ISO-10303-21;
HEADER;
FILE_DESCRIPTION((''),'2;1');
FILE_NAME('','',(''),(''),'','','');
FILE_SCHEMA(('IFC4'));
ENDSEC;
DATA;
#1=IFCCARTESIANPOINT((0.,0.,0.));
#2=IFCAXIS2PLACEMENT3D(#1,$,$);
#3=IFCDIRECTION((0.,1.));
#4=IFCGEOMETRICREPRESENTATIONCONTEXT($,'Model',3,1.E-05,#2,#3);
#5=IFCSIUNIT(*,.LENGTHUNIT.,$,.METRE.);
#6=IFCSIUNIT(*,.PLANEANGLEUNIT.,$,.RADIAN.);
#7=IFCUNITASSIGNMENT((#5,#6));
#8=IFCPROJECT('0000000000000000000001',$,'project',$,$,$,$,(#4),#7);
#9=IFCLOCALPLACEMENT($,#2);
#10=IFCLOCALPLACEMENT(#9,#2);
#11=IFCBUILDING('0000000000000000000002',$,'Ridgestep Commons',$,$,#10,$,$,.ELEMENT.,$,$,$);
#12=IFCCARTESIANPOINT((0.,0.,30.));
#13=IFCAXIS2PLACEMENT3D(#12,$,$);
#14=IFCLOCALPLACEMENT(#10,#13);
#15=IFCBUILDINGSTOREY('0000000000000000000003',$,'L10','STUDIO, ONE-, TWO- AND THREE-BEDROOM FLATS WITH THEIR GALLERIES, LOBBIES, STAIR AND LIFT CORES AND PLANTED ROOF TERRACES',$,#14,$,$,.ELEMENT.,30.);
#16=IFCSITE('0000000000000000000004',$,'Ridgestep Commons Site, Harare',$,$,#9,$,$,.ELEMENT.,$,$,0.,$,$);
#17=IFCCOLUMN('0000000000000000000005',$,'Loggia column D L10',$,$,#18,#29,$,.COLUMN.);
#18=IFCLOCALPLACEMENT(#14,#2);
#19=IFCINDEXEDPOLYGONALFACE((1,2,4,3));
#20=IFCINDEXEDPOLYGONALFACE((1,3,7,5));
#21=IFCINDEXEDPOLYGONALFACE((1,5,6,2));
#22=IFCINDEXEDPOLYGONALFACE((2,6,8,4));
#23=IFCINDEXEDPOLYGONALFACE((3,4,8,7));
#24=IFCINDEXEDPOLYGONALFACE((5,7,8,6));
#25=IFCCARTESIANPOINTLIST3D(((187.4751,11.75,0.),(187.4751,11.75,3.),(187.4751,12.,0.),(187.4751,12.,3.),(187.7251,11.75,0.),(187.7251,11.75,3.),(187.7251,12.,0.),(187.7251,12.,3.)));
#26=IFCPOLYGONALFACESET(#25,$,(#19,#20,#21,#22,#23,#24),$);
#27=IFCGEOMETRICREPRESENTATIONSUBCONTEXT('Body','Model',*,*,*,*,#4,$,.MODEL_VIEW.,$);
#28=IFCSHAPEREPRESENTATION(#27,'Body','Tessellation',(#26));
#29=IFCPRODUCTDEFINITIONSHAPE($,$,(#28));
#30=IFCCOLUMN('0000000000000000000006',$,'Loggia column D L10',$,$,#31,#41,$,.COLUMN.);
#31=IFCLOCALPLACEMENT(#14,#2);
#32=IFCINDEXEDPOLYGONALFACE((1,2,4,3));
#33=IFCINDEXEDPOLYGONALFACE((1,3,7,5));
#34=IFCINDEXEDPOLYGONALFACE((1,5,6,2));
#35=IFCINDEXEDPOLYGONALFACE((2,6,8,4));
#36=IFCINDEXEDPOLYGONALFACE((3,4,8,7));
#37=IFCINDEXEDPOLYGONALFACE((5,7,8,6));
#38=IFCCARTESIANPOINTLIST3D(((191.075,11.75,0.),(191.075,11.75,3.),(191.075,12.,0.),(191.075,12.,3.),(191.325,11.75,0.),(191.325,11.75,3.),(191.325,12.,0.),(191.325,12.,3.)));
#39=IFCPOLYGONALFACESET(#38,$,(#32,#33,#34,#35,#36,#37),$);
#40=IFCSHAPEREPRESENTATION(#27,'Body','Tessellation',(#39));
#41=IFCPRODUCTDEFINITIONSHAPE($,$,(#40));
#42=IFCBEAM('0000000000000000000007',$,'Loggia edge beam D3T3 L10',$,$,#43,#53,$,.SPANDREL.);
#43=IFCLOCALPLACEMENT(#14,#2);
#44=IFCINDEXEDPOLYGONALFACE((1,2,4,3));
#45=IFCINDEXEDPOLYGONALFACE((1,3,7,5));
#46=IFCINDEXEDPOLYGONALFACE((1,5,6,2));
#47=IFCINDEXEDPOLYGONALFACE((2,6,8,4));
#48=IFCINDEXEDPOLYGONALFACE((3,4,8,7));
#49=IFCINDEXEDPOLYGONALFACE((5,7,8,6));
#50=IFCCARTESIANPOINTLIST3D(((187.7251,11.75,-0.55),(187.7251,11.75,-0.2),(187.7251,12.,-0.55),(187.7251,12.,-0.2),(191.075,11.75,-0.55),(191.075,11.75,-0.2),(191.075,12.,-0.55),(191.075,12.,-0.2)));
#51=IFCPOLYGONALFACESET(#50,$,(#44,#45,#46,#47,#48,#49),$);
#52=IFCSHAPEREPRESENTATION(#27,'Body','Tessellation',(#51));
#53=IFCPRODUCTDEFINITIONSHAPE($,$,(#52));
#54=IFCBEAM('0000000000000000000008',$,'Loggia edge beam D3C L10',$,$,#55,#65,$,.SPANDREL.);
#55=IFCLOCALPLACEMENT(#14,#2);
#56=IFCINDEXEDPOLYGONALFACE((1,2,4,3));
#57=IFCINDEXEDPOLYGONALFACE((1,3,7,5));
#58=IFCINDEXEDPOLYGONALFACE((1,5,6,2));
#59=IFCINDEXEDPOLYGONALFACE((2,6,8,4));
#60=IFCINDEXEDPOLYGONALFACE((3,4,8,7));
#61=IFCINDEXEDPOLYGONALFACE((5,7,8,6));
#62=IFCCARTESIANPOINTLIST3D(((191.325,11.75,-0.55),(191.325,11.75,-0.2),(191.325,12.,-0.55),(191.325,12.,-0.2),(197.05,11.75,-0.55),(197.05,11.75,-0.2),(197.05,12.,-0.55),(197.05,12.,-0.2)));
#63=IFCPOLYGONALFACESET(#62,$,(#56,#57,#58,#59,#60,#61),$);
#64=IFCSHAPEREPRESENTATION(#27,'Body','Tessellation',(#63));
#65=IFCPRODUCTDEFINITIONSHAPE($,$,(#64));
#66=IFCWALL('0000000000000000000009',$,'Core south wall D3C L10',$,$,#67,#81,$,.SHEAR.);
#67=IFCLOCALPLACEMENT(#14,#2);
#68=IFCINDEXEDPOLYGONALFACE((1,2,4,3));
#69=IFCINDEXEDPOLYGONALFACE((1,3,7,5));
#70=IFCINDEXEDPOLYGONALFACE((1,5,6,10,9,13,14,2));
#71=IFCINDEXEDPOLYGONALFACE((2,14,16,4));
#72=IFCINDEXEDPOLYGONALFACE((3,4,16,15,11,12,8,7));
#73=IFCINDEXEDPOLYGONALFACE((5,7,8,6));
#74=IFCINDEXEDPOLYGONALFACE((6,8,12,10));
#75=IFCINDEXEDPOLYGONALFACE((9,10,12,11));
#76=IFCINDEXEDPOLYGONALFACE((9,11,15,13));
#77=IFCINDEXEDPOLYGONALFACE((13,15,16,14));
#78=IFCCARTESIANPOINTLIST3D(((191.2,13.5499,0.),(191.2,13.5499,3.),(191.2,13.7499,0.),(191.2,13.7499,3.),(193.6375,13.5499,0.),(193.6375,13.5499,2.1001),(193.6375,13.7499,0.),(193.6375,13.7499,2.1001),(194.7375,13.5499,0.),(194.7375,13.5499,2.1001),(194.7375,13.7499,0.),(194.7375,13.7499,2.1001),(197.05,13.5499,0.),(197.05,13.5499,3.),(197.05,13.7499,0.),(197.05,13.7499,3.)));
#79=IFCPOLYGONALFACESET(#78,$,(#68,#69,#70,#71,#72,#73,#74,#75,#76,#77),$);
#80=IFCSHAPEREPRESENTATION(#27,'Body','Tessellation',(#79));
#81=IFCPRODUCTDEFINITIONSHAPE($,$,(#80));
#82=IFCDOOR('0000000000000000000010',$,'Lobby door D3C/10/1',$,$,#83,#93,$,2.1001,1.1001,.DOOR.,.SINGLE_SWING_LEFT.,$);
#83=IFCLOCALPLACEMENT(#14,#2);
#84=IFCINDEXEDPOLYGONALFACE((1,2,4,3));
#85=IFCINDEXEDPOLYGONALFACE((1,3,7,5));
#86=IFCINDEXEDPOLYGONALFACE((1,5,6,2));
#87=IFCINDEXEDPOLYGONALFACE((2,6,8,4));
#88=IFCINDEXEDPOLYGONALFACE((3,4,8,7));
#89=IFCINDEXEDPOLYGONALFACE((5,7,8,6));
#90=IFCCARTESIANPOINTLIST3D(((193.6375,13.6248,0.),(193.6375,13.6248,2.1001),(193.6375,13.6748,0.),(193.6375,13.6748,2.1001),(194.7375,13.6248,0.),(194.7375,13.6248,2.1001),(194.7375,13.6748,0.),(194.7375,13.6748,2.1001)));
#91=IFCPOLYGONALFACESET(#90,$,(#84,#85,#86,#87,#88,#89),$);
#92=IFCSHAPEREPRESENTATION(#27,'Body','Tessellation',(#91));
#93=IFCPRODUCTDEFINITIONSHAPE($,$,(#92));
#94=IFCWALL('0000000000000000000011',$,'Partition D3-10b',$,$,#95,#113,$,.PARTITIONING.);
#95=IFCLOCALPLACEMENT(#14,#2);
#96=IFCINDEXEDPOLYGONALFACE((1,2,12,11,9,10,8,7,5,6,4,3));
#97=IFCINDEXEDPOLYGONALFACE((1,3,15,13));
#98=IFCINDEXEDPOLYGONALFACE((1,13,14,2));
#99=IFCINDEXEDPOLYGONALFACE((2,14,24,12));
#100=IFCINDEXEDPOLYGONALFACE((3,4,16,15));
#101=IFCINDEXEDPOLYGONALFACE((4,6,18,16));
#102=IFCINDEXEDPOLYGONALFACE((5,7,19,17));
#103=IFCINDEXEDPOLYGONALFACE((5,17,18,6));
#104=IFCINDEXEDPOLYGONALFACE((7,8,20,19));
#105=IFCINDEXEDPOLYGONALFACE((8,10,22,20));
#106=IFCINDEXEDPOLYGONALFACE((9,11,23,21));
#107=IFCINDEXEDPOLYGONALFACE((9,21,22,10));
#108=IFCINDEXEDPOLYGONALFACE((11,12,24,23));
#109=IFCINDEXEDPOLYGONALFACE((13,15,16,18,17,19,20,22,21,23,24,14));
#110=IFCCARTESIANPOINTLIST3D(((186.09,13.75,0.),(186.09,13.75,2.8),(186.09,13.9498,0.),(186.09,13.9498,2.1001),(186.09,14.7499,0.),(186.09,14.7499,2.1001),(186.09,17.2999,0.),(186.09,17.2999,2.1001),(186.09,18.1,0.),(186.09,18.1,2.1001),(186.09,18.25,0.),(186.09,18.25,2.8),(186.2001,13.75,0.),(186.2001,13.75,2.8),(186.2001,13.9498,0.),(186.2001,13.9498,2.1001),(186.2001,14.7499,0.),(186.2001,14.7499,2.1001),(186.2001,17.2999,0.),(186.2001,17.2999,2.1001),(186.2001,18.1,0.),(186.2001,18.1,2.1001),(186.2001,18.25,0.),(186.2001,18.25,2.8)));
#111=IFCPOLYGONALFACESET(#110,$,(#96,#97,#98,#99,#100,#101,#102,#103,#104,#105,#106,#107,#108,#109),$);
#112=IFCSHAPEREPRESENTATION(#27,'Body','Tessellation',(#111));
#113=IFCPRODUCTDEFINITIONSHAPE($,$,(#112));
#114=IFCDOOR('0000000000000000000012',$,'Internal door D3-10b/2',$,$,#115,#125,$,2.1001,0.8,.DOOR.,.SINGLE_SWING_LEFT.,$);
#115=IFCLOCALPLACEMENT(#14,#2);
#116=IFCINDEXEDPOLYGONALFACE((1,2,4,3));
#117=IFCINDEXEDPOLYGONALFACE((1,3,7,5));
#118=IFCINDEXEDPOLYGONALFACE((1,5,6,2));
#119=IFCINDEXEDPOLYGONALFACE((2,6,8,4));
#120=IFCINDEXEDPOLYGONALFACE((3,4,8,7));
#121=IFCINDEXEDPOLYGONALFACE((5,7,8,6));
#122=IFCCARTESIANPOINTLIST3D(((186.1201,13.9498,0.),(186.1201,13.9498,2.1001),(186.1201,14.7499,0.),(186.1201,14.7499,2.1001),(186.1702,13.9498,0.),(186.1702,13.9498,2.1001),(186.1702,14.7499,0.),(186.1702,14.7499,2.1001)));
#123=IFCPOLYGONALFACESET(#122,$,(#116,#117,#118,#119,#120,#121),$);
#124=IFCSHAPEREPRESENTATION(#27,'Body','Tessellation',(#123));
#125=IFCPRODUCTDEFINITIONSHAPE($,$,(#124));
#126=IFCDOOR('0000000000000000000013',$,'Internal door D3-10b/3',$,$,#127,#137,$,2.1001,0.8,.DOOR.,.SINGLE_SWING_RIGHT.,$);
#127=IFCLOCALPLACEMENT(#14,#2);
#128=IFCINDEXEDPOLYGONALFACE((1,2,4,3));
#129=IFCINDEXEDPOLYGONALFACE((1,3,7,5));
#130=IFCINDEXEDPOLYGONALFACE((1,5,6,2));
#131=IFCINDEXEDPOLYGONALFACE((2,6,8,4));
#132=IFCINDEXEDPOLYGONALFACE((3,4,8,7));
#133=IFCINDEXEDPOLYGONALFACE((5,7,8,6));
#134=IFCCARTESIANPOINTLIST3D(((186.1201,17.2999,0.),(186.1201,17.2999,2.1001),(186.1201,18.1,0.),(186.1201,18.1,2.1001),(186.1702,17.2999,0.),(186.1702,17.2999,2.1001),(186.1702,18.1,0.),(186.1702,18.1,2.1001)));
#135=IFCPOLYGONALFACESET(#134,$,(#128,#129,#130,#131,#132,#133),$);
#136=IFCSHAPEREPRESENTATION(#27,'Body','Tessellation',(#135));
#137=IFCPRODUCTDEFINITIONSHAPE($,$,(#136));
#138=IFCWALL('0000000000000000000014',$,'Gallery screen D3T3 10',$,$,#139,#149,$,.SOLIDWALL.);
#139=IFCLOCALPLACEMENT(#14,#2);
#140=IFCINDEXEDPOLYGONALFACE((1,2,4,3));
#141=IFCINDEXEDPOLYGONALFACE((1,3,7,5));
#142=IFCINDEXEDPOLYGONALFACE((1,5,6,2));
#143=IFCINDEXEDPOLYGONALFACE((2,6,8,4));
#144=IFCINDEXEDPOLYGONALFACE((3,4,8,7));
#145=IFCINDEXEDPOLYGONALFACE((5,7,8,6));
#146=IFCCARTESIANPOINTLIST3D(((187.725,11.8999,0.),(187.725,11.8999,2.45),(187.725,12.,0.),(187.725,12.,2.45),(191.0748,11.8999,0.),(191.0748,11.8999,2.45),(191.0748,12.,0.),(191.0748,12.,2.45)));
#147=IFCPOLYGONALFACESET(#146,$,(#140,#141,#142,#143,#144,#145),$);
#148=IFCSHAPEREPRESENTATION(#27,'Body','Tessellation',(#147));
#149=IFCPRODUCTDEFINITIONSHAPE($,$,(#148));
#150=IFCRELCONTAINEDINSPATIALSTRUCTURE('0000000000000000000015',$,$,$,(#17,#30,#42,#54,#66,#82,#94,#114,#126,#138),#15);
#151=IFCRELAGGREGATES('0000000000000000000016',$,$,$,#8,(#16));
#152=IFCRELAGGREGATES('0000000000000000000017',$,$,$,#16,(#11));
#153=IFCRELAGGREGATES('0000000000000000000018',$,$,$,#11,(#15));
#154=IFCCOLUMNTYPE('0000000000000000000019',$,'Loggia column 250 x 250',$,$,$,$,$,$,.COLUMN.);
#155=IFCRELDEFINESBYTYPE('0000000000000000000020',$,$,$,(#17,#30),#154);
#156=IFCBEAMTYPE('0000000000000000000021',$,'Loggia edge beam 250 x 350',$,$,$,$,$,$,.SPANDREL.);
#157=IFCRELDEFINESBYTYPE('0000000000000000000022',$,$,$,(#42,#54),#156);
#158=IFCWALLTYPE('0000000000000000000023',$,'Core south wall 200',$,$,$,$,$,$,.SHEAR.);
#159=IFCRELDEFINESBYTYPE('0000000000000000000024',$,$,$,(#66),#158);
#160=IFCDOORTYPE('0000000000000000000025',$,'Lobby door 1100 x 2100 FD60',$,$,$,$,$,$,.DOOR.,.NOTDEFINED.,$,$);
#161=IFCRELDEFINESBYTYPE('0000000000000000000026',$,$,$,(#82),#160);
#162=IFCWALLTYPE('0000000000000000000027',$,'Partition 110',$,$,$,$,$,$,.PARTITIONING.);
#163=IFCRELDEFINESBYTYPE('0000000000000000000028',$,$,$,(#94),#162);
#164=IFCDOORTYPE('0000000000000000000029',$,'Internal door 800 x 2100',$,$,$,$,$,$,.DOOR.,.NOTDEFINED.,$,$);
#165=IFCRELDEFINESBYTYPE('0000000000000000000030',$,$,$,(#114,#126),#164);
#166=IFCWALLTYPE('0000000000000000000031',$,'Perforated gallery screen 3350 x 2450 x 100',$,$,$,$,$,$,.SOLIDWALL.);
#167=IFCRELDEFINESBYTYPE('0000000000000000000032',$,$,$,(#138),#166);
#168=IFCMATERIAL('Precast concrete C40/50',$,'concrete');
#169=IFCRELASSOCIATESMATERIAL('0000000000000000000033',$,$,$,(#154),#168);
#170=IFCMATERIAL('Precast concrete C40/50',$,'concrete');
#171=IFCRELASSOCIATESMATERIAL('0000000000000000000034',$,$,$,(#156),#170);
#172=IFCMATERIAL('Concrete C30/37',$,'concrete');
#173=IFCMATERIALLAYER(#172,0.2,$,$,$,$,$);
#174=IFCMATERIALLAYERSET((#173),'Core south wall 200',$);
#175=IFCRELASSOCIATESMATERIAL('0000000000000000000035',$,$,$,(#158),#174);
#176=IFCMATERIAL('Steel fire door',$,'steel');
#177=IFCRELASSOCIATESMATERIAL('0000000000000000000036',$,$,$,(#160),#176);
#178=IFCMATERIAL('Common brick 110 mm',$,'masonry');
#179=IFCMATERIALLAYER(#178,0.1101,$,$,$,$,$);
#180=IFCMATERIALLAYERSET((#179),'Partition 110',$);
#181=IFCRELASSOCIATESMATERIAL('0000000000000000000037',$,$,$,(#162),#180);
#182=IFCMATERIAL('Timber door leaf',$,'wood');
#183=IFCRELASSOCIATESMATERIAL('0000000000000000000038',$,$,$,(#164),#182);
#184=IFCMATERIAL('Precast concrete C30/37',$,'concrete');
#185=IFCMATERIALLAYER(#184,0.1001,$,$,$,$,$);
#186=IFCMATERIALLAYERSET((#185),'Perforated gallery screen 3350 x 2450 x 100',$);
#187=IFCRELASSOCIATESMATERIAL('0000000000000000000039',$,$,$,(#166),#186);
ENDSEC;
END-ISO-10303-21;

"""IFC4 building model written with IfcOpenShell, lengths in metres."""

from ifc_helpers import new_model, si_unit, direction, frame, frame_2d, origin, origin_2d, place, context, subcontext, project, spatial, rectangle, extrude, material, layer, layer_set, material_profile, profile_set, type_object, element, fill, save


model = new_model("IFC4")

# Units and contexts
model_context = context("Model", 3, precision=1e-05, world=origin(), true_north=direction((0.0, 1.0)))
body_context = subcontext(model_context, "Body", "Model", "MODEL_VIEW")
ifc_project = project(units=[si_unit("LENGTHUNIT", "METRE"), si_unit("PLANEANGLEUNIT", "RADIAN")], contexts=[model_context])

# Site, building, storey
site_placement = place(None, origin())
site = spatial("IfcSite", under=ifc_project, at=site_placement, Name="Ridgestep Commons Site, Harare", CompositionType="ELEMENT", RefElevation=0.0)
building_placement = place(site_placement, origin())
building = spatial("IfcBuilding", under=site, at=building_placement, Name="Ridgestep Commons", CompositionType="ELEMENT")
storey_placement = place(building_placement, frame((0.0, 0.0, 30.0)))
storey = spatial("IfcBuildingStorey", under=building, at=storey_placement, Name="L10", Description="STUDIO, ONE-, TWO- AND THREE-BEDROOM FLATS WITH THEIR GALLERIES, LOBBIES, STAIR AND LIFT CORES AND PLANTED ROOF TERRACES", CompositionType="ELEMENT", Elevation=30.0)

# Columns
ifc_material_1 = material(Name="Precast concrete C40/50", Category="concrete")
ifc_material_profile_1 = material_profile(ifc_material_1, rectangle(XDim=0.25, YDim=0.25, at=origin_2d()), Name="PC 250x250")
ifc_profile_set_1 = profile_set([ifc_material_profile_1], Name="Precast concrete C40/50")
column_type = type_object("IfcColumnType", Name="Loggia column 250 x 250", PredefinedType="COLUMN", material=ifc_profile_set_1)
for number, where, z_axis, x_axis, name in (
    (1, (187.6001, 11.875, 0.0), (0.0, 0.0, 1.0), (1.0, 0.0, 0.0), "Loggia column D L10"),
    (2, (191.2, 11.875, 0.0), (0.0, 0.0, 1.0), (1.0, 0.0, 0.0), "Loggia column D L10"),
):
    element("IfcColumn", number, at=place(storey_placement, frame(where, z_axis=z_axis, x_axis=x_axis)), inside=storey, type_object=column_type, Name=name, PredefinedType="COLUMN", context=body_context, shape_type="SweptSolid", body=[
        extrude(rectangle(XDim=0.25, YDim=0.25, at=origin_2d()), origin(), (0.0, 0.0, 1.0), 3.0),
    ])

# Beams
ifc_material_2 = material(Name="Precast concrete C40/50", Category="concrete")
ifc_material_profile_2 = material_profile(ifc_material_2, rectangle(XDim=0.25, YDim=0.3501, at=origin_2d()), Name="PC 250x350")
ifc_profile_set_2 = profile_set([ifc_material_profile_2], Name="Precast concrete C40/50")
beam_type = type_object("IfcBeamType", Name="Loggia edge beam 250 x 350", PredefinedType="SPANDREL", material=ifc_profile_set_2)
beam_1_placement = place(storey_placement, frame((187.7251, 11.875, -0.375), z_axis=(1.0, 0.0, 0.0), x_axis=(0.0, 1.0, 0.0)))
element("IfcBeam", 3, at=beam_1_placement, inside=storey, type_object=beam_type, Name="Loggia edge beam D3T3 L10", PredefinedType="SPANDREL", context=body_context, shape_type="SweptSolid", body=[
    extrude(rectangle(XDim=0.25, YDim=0.3501, at=origin_2d()), origin(), (0.0, 0.0, 1.0), 3.3499),
])
beam_2_placement = place(storey_placement, frame((191.325, 11.875, -0.375), z_axis=(1.0, 0.0, 0.0), x_axis=(0.0, 1.0, 0.0)))
element("IfcBeam", 4, at=beam_2_placement, inside=storey, type_object=beam_type, Name="Loggia edge beam D3C L10", PredefinedType="SPANDREL", context=body_context, shape_type="SweptSolid", body=[
    extrude(rectangle(XDim=0.25, YDim=0.3501, at=origin_2d()), origin(), (0.0, 0.0, 1.0), 5.7251),
])

# Wall, opening, door
ifc_material_3 = material(Name="Concrete C30/37", Category="concrete")
ifc_layer_1 = layer(ifc_material_3, 0.2)
ifc_layer_set_1 = layer_set([ifc_layer_1], Name="Core south wall 200")
wall_type_1 = type_object("IfcWallType", Name="Core south wall 200", PredefinedType="SHEAR", material=ifc_layer_set_1)
wall_1_placement = place(storey_placement, frame((191.2, 13.6499, 0.0), z_axis=(0.0, 0.0, 1.0), x_axis=(1.0, 0.0, 0.0)))
wall_1 = element("IfcWall", 5, at=wall_1_placement, inside=storey, type_object=wall_type_1, Name="Core south wall D3C L10", PredefinedType="SHEAR", context=body_context, shape_type="SweptSolid", body=[
    extrude(rectangle(XDim=5.8501, YDim=0.2, at=frame_2d((2.925, 0.0))), origin(), (0.0, 0.0, 1.0), 3.0),
])
opening_1_placement = place(wall_1_placement, frame((2.4375, 0.0, 0.0)))
opening_1 = element("IfcOpeningElement", 6, at=opening_1_placement, cuts=wall_1, PredefinedType="OPENING", context=body_context, shape_type="SweptSolid", body=[
    extrude(rectangle(XDim=1.1001, YDim=2.1001, at=frame_2d((0.55, 1.05))), frame((0.0, 0.1099, 0.0), z_axis=(0.0, -1.0, 0.0), x_axis=(1.0, 0.0, 0.0)), (0.0, 0.0, 1.0), 0.22),
])
ifc_material_4 = material(Name="Steel fire door", Category="steel")
door_type_1 = type_object("IfcDoorType", Name="Lobby door 1100 x 2100 FD60", OperationType="NOTDEFINED", PredefinedType="DOOR", material=ifc_material_4)
door_1_placement = place(opening_1_placement, origin())
door_1 = element("IfcDoor", 7, at=door_1_placement, inside=storey, type_object=door_type_1, Name="Lobby door D3C/10/1", OperationType="SINGLE_SWING_LEFT", OverallHeight=2.1001, OverallWidth=1.1001, PredefinedType="DOOR", context=body_context, shape_type="SweptSolid", body=[
    extrude(rectangle(XDim=1.1001, YDim=2.1001, at=frame_2d((0.55, 1.05))), frame((0.0, 0.0249, 0.0), z_axis=(0.0, -1.0, 0.0), x_axis=(1.0, 0.0, 0.0)), (0.0, 0.0, 1.0), 0.05),
])
fill(opening_1, door_1)

# Wall, openings, doors
ifc_material_5 = material(Name="Common brick 110 mm", Category="masonry")
ifc_layer_2 = layer(ifc_material_5, 0.1101)
ifc_layer_set_2 = layer_set([ifc_layer_2], Name="Partition 110")
wall_type_2 = type_object("IfcWallType", Name="Partition 110", PredefinedType="PARTITIONING", material=ifc_layer_set_2)
wall_2_placement = place(storey_placement, frame((186.145, 13.75, 0.0), z_axis=(0.0, 0.0, 1.0), x_axis=(0.0, 1.0, 0.0)))
wall_2 = element("IfcWall", 8, at=wall_2_placement, inside=storey, type_object=wall_type_2, Name="Partition D3-10b", PredefinedType="PARTITIONING", context=body_context, shape_type="SweptSolid", body=[
    extrude(rectangle(XDim=4.5, YDim=0.1101, at=frame_2d((2.25, 0.0))), origin(), (0.0, 0.0, 1.0), 2.8),
])
opening_2_placement = place(wall_2_placement, frame((0.2, 0.0, 0.0)))
opening_2 = element("IfcOpeningElement", 9, at=opening_2_placement, cuts=wall_2, PredefinedType="OPENING", context=body_context, shape_type="SweptSolid", body=[
    extrude(rectangle(XDim=0.8, YDim=2.1001, at=frame_2d((0.3999, 1.05))), frame((0.0, 0.0649, 0.0), z_axis=(0.0, -1.0, 0.0), x_axis=(1.0, 0.0, 0.0)), (0.0, 0.0, 1.0), 0.1301),
])
opening_3_placement = place(wall_2_placement, frame((3.55, 0.0, 0.0)))
opening_3 = element("IfcOpeningElement", 10, at=opening_3_placement, cuts=wall_2, PredefinedType="OPENING", context=body_context, shape_type="SweptSolid", body=[
    extrude(rectangle(XDim=0.8, YDim=2.1001, at=frame_2d((0.3999, 1.05))), frame((0.0, 0.0649, 0.0), z_axis=(0.0, -1.0, 0.0), x_axis=(1.0, 0.0, 0.0)), (0.0, 0.0, 1.0), 0.1301),
])
ifc_material_6 = material(Name="Timber door leaf", Category="wood")
door_type_2 = type_object("IfcDoorType", Name="Internal door 800 x 2100", OperationType="NOTDEFINED", PredefinedType="DOOR", material=ifc_material_6)
door_2_placement = place(opening_2_placement, origin())
door_2 = element("IfcDoor", 11, at=door_2_placement, inside=storey, type_object=door_type_2, Name="Internal door D3-10b/2", OperationType="SINGLE_SWING_LEFT", OverallHeight=2.1001, OverallWidth=0.8, PredefinedType="DOOR", context=body_context, shape_type="SweptSolid", body=[
    extrude(rectangle(XDim=0.8, YDim=2.1001, at=frame_2d((0.3999, 1.05))), frame((0.0, 0.0249, 0.0), z_axis=(0.0, -1.0, 0.0), x_axis=(1.0, 0.0, 0.0)), (0.0, 0.0, 1.0), 0.05),
])
fill(opening_2, door_2)
door_3_placement = place(opening_3_placement, origin())
door_3 = element("IfcDoor", 12, at=door_3_placement, inside=storey, type_object=door_type_2, Name="Internal door D3-10b/3", OperationType="SINGLE_SWING_RIGHT", OverallHeight=2.1001, OverallWidth=0.8, PredefinedType="DOOR", context=body_context, shape_type="SweptSolid", body=[
    extrude(rectangle(XDim=0.8, YDim=2.1001, at=frame_2d((0.3999, 1.05))), frame((0.0, 0.0249, 0.0), z_axis=(0.0, -1.0, 0.0), x_axis=(1.0, 0.0, 0.0)), (0.0, 0.0, 1.0), 0.05),
])
fill(opening_3, door_3)

# Wall
ifc_material_7 = material(Name="Precast concrete C30/37", Category="concrete")
ifc_layer_3 = layer(ifc_material_7, 0.1001)
ifc_layer_set_3 = layer_set([ifc_layer_3], Name="Perforated gallery screen 3350 x 2450 x 100")
wall_type_3 = type_object("IfcWallType", Name="Perforated gallery screen 3350 x 2450 x 100", PredefinedType="SOLIDWALL", material=ifc_layer_set_3)
wall_3_placement = place(storey_placement, frame((187.7251, 11.95, 0.0), z_axis=(0.0, 0.0, 1.0), x_axis=(1.0, 0.0, 0.0)))
element("IfcWall", 13, at=wall_3_placement, inside=storey, type_object=wall_type_3, Name="Gallery screen D3T3 10", PredefinedType="SOLIDWALL", context=body_context, shape_type="SweptSolid", body=[
    extrude(rectangle(XDim=3.3499, YDim=0.1001, at=frame_2d((1.6748, 0.0))), origin(), (0.0, 0.0, 1.0), 2.45),
])

save(model, "model.ifc")
